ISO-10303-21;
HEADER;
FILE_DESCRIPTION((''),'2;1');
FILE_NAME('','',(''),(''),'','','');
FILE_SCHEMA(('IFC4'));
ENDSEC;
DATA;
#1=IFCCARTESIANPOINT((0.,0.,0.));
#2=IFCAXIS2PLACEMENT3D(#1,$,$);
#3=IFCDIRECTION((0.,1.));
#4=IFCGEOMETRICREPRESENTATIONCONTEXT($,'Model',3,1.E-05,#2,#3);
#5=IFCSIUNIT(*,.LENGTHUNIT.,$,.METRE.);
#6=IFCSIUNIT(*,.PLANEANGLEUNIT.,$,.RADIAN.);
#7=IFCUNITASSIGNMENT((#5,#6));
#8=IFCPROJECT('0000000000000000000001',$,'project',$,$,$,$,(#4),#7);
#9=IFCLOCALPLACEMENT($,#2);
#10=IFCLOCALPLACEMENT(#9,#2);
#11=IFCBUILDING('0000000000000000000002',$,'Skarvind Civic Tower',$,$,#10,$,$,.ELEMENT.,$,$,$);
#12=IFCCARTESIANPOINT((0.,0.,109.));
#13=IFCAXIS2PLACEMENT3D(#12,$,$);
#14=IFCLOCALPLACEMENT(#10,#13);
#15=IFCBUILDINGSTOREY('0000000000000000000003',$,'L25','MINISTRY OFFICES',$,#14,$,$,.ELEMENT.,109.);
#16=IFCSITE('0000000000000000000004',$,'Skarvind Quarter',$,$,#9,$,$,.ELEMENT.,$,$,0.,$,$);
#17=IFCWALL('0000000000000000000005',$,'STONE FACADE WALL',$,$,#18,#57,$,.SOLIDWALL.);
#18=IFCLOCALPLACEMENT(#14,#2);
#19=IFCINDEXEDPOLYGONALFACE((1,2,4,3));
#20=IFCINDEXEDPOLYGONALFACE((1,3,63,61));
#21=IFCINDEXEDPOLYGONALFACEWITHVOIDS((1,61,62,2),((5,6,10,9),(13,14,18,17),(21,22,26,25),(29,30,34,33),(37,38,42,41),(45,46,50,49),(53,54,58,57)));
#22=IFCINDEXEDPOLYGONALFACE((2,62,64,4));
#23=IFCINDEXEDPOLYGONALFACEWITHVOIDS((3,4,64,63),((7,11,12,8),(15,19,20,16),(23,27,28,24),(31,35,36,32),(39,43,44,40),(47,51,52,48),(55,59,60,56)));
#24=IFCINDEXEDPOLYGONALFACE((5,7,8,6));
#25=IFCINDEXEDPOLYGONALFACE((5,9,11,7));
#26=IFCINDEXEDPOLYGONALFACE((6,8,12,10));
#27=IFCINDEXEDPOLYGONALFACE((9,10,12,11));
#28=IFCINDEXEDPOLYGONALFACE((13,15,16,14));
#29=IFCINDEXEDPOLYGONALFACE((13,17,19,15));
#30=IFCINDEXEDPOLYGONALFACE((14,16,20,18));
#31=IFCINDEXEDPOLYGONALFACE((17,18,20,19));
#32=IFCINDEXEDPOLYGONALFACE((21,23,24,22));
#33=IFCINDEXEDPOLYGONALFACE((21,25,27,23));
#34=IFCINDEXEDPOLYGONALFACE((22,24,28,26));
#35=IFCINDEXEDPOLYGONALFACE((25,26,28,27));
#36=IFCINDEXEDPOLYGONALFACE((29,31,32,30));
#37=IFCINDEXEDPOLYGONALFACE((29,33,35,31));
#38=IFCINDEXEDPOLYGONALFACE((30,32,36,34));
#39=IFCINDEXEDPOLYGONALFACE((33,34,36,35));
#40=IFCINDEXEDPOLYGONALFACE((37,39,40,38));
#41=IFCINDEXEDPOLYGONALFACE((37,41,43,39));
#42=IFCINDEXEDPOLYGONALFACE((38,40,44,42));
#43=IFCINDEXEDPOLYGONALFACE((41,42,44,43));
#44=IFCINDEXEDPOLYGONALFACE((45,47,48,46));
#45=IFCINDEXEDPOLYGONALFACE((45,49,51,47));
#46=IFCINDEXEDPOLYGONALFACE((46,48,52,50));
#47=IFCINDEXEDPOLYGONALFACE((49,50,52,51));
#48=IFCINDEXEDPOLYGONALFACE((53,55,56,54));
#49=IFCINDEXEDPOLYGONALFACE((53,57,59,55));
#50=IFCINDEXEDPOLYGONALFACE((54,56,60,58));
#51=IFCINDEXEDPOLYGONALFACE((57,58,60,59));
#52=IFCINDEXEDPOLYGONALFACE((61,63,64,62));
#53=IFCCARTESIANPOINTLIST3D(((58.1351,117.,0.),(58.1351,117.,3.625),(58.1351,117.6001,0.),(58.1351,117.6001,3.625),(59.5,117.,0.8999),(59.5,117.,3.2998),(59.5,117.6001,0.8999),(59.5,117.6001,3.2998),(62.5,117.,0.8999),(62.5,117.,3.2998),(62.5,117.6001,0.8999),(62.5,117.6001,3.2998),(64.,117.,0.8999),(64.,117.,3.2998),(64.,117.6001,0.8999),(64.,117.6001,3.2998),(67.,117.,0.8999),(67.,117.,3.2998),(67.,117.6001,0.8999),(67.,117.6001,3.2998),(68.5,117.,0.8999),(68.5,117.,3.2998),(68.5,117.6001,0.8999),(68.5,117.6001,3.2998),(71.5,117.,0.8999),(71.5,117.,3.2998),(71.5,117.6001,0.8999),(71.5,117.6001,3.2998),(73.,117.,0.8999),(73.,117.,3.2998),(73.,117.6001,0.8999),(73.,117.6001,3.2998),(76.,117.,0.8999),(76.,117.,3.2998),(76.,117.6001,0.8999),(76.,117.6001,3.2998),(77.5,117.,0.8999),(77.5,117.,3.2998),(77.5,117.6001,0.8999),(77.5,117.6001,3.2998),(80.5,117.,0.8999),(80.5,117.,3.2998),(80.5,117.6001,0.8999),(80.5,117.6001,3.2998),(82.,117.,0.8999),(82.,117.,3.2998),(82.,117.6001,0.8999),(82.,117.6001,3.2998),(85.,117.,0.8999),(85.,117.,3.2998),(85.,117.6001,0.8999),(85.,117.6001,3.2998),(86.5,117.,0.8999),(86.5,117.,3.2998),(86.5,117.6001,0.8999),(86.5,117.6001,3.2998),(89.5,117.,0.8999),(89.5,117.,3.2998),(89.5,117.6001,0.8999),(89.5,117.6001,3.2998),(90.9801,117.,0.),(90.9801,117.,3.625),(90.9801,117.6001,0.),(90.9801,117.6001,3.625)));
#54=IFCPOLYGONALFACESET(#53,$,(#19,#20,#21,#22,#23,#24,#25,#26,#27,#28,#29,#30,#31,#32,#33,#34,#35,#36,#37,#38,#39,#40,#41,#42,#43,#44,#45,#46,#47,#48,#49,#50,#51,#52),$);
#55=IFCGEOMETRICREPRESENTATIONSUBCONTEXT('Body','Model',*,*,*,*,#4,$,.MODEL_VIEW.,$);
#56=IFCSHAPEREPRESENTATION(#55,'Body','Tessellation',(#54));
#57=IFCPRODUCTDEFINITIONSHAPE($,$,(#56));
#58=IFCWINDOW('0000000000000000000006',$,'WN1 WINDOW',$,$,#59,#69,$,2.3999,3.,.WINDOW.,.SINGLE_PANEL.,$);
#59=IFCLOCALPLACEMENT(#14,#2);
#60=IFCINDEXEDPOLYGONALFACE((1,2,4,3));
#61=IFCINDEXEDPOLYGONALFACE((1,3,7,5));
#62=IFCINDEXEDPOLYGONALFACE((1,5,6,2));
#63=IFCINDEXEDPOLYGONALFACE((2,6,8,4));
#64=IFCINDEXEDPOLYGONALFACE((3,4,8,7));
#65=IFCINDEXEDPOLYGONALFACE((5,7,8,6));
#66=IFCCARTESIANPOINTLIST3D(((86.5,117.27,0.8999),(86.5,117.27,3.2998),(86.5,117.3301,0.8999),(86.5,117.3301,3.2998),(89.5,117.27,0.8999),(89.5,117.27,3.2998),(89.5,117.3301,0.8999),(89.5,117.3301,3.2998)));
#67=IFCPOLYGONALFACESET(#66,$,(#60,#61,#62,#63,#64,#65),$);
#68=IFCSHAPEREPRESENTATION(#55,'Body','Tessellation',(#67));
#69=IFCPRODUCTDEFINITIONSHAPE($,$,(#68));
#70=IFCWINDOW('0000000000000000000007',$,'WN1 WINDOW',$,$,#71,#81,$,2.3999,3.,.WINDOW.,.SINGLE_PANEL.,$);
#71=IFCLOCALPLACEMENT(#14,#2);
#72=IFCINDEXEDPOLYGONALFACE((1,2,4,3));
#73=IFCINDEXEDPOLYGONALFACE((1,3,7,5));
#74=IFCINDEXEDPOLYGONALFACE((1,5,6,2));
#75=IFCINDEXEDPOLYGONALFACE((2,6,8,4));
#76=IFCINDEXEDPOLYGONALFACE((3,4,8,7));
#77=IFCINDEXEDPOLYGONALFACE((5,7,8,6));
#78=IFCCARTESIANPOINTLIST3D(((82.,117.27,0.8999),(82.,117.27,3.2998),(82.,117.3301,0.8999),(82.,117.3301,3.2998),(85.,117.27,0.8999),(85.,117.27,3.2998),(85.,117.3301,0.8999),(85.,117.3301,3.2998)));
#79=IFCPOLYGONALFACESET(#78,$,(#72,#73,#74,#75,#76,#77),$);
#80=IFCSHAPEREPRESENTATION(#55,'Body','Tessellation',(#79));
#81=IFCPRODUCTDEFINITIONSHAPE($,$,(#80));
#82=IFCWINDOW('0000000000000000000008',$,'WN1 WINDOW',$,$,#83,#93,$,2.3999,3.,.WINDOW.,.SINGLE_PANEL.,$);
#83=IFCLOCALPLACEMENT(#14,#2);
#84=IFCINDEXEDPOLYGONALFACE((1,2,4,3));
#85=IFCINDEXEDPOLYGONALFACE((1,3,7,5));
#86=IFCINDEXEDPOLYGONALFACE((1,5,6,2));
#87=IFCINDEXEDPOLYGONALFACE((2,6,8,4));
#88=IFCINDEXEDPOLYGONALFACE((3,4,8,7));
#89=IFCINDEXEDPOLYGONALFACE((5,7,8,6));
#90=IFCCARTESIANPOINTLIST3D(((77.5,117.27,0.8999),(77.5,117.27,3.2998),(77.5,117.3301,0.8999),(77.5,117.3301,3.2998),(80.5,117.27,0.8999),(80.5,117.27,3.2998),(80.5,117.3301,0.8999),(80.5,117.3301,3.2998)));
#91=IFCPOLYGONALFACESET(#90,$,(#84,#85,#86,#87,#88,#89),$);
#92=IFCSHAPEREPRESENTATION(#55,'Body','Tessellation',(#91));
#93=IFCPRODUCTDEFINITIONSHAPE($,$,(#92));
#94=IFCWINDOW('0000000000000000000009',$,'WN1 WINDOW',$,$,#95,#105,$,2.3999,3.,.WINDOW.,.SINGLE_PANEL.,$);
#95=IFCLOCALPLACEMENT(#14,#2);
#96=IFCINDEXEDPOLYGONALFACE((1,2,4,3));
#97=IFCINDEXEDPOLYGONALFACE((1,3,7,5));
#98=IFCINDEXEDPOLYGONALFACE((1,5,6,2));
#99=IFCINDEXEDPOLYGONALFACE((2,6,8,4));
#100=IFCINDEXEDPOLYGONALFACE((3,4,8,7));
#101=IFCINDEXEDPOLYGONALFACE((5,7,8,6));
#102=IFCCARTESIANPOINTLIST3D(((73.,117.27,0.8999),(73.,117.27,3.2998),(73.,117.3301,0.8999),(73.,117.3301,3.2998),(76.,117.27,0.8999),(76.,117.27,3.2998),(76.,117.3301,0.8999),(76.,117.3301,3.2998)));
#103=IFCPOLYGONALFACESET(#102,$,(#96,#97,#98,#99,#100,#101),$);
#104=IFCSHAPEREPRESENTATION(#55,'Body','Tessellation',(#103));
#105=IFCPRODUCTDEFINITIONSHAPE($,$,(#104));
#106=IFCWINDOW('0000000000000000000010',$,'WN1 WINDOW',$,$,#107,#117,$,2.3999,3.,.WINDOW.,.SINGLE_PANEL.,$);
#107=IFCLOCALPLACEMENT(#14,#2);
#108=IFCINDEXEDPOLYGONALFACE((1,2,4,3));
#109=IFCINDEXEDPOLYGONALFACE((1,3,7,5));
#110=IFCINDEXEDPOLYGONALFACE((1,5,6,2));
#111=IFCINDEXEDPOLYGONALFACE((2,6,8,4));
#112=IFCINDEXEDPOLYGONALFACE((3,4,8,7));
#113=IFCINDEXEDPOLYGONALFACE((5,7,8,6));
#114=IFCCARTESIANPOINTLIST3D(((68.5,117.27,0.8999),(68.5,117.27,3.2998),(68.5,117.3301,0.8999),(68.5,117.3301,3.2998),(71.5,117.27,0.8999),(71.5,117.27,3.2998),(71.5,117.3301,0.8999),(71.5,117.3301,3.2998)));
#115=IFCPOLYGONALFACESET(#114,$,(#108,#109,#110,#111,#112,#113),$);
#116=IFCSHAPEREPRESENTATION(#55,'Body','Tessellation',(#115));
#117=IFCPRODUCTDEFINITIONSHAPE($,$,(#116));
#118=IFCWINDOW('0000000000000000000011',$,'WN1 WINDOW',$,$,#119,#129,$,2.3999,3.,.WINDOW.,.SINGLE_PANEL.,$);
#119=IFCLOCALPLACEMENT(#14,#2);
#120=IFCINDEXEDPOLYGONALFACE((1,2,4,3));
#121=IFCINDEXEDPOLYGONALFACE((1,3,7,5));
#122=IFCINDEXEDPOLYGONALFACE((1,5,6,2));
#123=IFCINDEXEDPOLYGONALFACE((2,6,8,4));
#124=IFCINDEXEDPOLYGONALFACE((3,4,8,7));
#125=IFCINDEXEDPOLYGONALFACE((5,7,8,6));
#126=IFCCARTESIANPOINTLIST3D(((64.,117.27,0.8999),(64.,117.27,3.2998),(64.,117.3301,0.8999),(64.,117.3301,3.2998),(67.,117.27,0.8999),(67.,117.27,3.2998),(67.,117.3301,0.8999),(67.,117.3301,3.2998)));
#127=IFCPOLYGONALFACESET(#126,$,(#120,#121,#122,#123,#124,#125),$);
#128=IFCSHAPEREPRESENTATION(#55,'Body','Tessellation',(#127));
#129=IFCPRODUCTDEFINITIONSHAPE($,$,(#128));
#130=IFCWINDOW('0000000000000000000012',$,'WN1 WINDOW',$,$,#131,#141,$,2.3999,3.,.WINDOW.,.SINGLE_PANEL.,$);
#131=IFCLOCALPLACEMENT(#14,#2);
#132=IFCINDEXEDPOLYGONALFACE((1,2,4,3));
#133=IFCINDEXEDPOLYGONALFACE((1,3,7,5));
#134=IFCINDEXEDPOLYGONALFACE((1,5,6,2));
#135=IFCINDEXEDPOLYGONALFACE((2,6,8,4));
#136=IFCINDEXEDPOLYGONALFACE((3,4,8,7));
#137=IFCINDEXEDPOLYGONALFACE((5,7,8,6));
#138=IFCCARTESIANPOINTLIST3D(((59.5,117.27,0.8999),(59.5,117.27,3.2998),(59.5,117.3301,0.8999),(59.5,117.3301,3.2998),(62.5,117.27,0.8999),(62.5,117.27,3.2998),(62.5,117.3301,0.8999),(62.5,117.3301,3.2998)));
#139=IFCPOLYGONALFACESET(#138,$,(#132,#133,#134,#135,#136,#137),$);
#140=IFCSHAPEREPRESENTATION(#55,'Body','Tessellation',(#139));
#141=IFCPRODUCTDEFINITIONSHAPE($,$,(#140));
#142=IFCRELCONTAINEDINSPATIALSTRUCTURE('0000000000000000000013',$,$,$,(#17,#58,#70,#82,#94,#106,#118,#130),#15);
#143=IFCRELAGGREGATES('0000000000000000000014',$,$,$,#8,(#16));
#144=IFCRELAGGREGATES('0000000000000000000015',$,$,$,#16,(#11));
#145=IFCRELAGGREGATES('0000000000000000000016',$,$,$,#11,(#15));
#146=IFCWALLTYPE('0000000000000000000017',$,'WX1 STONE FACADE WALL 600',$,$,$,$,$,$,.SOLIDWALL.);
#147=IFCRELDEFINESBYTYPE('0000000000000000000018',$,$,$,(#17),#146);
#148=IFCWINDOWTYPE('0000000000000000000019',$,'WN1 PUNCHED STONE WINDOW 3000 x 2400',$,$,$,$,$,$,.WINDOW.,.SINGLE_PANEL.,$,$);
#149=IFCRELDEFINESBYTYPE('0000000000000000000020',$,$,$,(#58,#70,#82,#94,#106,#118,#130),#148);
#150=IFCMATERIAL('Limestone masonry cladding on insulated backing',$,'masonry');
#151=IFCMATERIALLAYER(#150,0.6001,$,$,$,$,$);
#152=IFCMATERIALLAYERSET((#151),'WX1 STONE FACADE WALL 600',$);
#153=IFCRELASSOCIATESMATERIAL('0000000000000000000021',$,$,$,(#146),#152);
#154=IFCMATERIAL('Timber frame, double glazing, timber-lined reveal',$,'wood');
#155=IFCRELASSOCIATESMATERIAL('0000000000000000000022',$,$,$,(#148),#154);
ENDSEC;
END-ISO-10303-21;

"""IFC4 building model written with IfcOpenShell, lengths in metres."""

from ifc_helpers import new_model, si_unit, direction, frame, frame_2d, origin, place, context, subcontext, project, spatial, rectangle, extrude, material, layer, layer_set, type_object, element, fill, save


model = new_model("IFC4")

# Units and contexts
model_context = context("Model", 3, precision=1e-05, world=origin(), true_north=direction((0.0, 1.0)))
body_context = subcontext(model_context, "Body", "Model", "MODEL_VIEW")
ifc_project = project(units=[si_unit("LENGTHUNIT", "METRE"), si_unit("PLANEANGLEUNIT", "RADIAN")], contexts=[model_context])

# Site, building, storey
site_placement = place(None, origin())
site = spatial("IfcSite", under=ifc_project, at=site_placement, Name="Skarvind Quarter", CompositionType="ELEMENT", RefElevation=0.0)
building_placement = place(site_placement, origin())
building = spatial("IfcBuilding", under=site, at=building_placement, Name="Skarvind Civic Tower", CompositionType="ELEMENT")
storey_placement = place(building_placement, frame((0.0, 0.0, 109.0)))
storey = spatial("IfcBuildingStorey", under=building, at=storey_placement, Name="L25", Description="MINISTRY OFFICES", CompositionType="ELEMENT", Elevation=109.0)

# Wall, openings, windows
ifc_material_1 = material(Name="Limestone masonry cladding on insulated backing", Category="masonry")
ifc_layer_1 = layer(ifc_material_1, 0.6001)
ifc_layer_set_1 = layer_set([ifc_layer_1], Name="WX1 STONE FACADE WALL 600")
wall_type_1 = type_object("IfcWallType", Name="WX1 STONE FACADE WALL 600", PredefinedType="SOLIDWALL", material=ifc_layer_set_1)
wall_1_placement = place(storey_placement, frame((90.98, 117.3, 0.0), z_axis=(0.0, 0.0, 1.0), x_axis=(-1.0, 0.0, 0.0)))
wall_1 = element("IfcWall", 1, at=wall_1_placement, inside=storey, type_object=wall_type_1, Name="STONE FACADE WALL", PredefinedType="SOLIDWALL", context=body_context, shape_type="SweptSolid", body=[
    extrude(rectangle(XDim=32.845, YDim=0.6001, at=frame_2d((16.4224, 0.0))), origin(), (0.0, 0.0, 1.0), 3.625),
])
opening_1_placement = place(wall_1_placement, frame((1.48, 0.0, 0.8999)))
opening_1 = element("IfcOpeningElement", 2, at=opening_1_placement, cuts=wall_1, PredefinedType="OPENING", context=body_context, shape_type="SweptSolid", body=[
    extrude(rectangle(XDim=3.0, YDim=2.3999, at=frame_2d((1.5, 1.2))), frame((0.0, 0.3101, 0.0), z_axis=(0.0, -1.0, 0.0), x_axis=(1.0, 0.0, 0.0)), (0.0, 0.0, 1.0), 0.6201),
])
opening_2_placement = place(wall_1_placement, frame((5.98, 0.0, 0.8999)))
opening_2 = element("IfcOpeningElement", 3, at=opening_2_placement, cuts=wall_1, PredefinedType="OPENING", context=body_context, shape_type="SweptSolid", body=[
    extrude(rectangle(XDim=3.0, YDim=2.3999, at=frame_2d((1.5, 1.2))), frame((0.0, 0.3101, 0.0), z_axis=(0.0, -1.0, 0.0), x_axis=(1.0, 0.0, 0.0)), (0.0, 0.0, 1.0), 0.6201),
])
opening_3_placement = place(wall_1_placement, frame((10.48, 0.0, 0.8999)))
opening_3 = element("IfcOpeningElement", 4, at=opening_3_placement, cuts=wall_1, PredefinedType="OPENING", context=body_context, shape_type="SweptSolid", body=[
    extrude(rectangle(XDim=3.0, YDim=2.3999, at=frame_2d((1.5, 1.2))), frame((0.0, 0.3101, 0.0), z_axis=(0.0, -1.0, 0.0), x_axis=(1.0, 0.0, 0.0)), (0.0, 0.0, 1.0), 0.6201),
])
opening_4_placement = place(wall_1_placement, frame((14.98, 0.0, 0.8999)))
opening_4 = element("IfcOpeningElement", 5, at=opening_4_placement, cuts=wall_1, PredefinedType="OPENING", context=body_context, shape_type="SweptSolid", body=[
    extrude(rectangle(XDim=3.0, YDim=2.3999, at=frame_2d((1.5, 1.2))), frame((0.0, 0.3101, 0.0), z_axis=(0.0, -1.0, 0.0), x_axis=(1.0, 0.0, 0.0)), (0.0, 0.0, 1.0), 0.6201),
])
opening_5_placement = place(wall_1_placement, frame((19.48, 0.0, 0.8999)))
opening_5 = element("IfcOpeningElement", 6, at=opening_5_placement, cuts=wall_1, PredefinedType="OPENING", context=body_context, shape_type="SweptSolid", body=[
    extrude(rectangle(XDim=3.0, YDim=2.3999, at=frame_2d((1.5, 1.2))), frame((0.0, 0.3101, 0.0), z_axis=(0.0, -1.0, 0.0), x_axis=(1.0, 0.0, 0.0)), (0.0, 0.0, 1.0), 0.6201),
])
opening_6_placement = place(wall_1_placement, frame((23.98, 0.0, 0.8999)))
opening_6 = element("IfcOpeningElement", 7, at=opening_6_placement, cuts=wall_1, PredefinedType="OPENING", context=body_context, shape_type="SweptSolid", body=[
    extrude(rectangle(XDim=3.0, YDim=2.3999, at=frame_2d((1.5, 1.2))), frame((0.0, 0.3101, 0.0), z_axis=(0.0, -1.0, 0.0), x_axis=(1.0, 0.0, 0.0)), (0.0, 0.0, 1.0), 0.6201),
])
opening_7_placement = place(wall_1_placement, frame((28.48, 0.0, 0.8999)))
opening_7 = element("IfcOpeningElement", 8, at=opening_7_placement, cuts=wall_1, PredefinedType="OPENING", context=body_context, shape_type="SweptSolid", body=[
    extrude(rectangle(XDim=3.0, YDim=2.3999, at=frame_2d((1.5, 1.2))), frame((0.0, 0.3101, 0.0), z_axis=(0.0, -1.0, 0.0), x_axis=(1.0, 0.0, 0.0)), (0.0, 0.0, 1.0), 0.6201),
])
ifc_material_2 = material(Name="Timber frame, double glazing, timber-lined reveal", Category="wood")
window_type = type_object("IfcWindowType", Name="WN1 PUNCHED STONE WINDOW 3000 x 2400", PartitioningType="SINGLE_PANEL", PredefinedType="WINDOW", material=ifc_material_2)
window_1_placement = place(opening_1_placement, origin())
window_1 = element("IfcWindow", 9, at=window_1_placement, inside=storey, type_object=window_type, Name="WN1 WINDOW", OverallHeight=2.3999, OverallWidth=3.0, PartitioningType="SINGLE_PANEL", PredefinedType="WINDOW", context=body_context, shape_type="SweptSolid", body=[
    extrude(rectangle(XDim=3.0, YDim=2.3999, at=frame_2d((1.5, 1.2))), frame((0.0, 0.03, 0.0), z_axis=(0.0, -1.0, 0.0), x_axis=(1.0, 0.0, 0.0)), (0.0, 0.0, 1.0), 0.0601),
])
fill(opening_1, window_1)
window_2_placement = place(opening_2_placement, origin())
window_2 = element("IfcWindow", 10, at=window_2_placement, inside=storey, type_object=window_type, Name="WN1 WINDOW", OverallHeight=2.3999, OverallWidth=3.0, PartitioningType="SINGLE_PANEL", PredefinedType="WINDOW", context=body_context, shape_type="SweptSolid", body=[
    extrude(rectangle(XDim=3.0, YDim=2.3999, at=frame_2d((1.5, 1.2))), frame((0.0, 0.03, 0.0), z_axis=(0.0, -1.0, 0.0), x_axis=(1.0, 0.0, 0.0)), (0.0, 0.0, 1.0), 0.0601),
])
fill(opening_2, window_2)
window_3_placement = place(opening_3_placement, origin())
window_3 = element("IfcWindow", 11, at=window_3_placement, inside=storey, type_object=window_type, Name="WN1 WINDOW", OverallHeight=2.3999, OverallWidth=3.0, PartitioningType="SINGLE_PANEL", PredefinedType="WINDOW", context=body_context, shape_type="SweptSolid", body=[
    extrude(rectangle(XDim=3.0, YDim=2.3999, at=frame_2d((1.5, 1.2))), frame((0.0, 0.03, 0.0), z_axis=(0.0, -1.0, 0.0), x_axis=(1.0, 0.0, 0.0)), (0.0, 0.0, 1.0), 0.0601),
])
fill(opening_3, window_3)
window_4_placement = place(opening_4_placement, origin())
window_4 = element("IfcWindow", 12, at=window_4_placement, inside=storey, type_object=window_type, Name="WN1 WINDOW", OverallHeight=2.3999, OverallWidth=3.0, PartitioningType="SINGLE_PANEL", PredefinedType="WINDOW", context=body_context, shape_type="SweptSolid", body=[
    extrude(rectangle(XDim=3.0, YDim=2.3999, at=frame_2d((1.5, 1.2))), frame((0.0, 0.03, 0.0), z_axis=(0.0, -1.0, 0.0), x_axis=(1.0, 0.0, 0.0)), (0.0, 0.0, 1.0), 0.0601),
])
fill(opening_4, window_4)
window_5_placement = place(opening_5_placement, origin())
window_5 = element("IfcWindow", 13, at=window_5_placement, inside=storey, type_object=window_type, Name="WN1 WINDOW", OverallHeight=2.3999, OverallWidth=3.0, PartitioningType="SINGLE_PANEL", PredefinedType="WINDOW", context=body_context, shape_type="SweptSolid", body=[
    extrude(rectangle(XDim=3.0, YDim=2.3999, at=frame_2d((1.5, 1.2))), frame((0.0, 0.03, 0.0), z_axis=(0.0, -1.0, 0.0), x_axis=(1.0, 0.0, 0.0)), (0.0, 0.0, 1.0), 0.0601),
])
fill(opening_5, window_5)
window_6_placement = place(opening_6_placement, origin())
window_6 = element("IfcWindow", 14, at=window_6_placement, inside=storey, type_object=window_type, Name="WN1 WINDOW", OverallHeight=2.3999, OverallWidth=3.0, PartitioningType="SINGLE_PANEL", PredefinedType="WINDOW", context=body_context, shape_type="SweptSolid", body=[
    extrude(rectangle(XDim=3.0, YDim=2.3999, at=frame_2d((1.5, 1.2))), frame((0.0, 0.03, 0.0), z_axis=(0.0, -1.0, 0.0), x_axis=(1.0, 0.0, 0.0)), (0.0, 0.0, 1.0), 0.0601),
])
fill(opening_6, window_6)
window_7_placement = place(opening_7_placement, origin())
window_7 = element("IfcWindow", 15, at=window_7_placement, inside=storey, type_object=window_type, Name="WN1 WINDOW", OverallHeight=2.3999, OverallWidth=3.0, PartitioningType="SINGLE_PANEL", PredefinedType="WINDOW", context=body_context, shape_type="SweptSolid", body=[
    extrude(rectangle(XDim=3.0, YDim=2.3999, at=frame_2d((1.5, 1.2))), frame((0.0, 0.03, 0.0), z_axis=(0.0, -1.0, 0.0), x_axis=(1.0, 0.0, 0.0)), (0.0, 0.0, 1.0), 0.0601),
])
fill(opening_7, window_7)

save(model, "model.ifc")
